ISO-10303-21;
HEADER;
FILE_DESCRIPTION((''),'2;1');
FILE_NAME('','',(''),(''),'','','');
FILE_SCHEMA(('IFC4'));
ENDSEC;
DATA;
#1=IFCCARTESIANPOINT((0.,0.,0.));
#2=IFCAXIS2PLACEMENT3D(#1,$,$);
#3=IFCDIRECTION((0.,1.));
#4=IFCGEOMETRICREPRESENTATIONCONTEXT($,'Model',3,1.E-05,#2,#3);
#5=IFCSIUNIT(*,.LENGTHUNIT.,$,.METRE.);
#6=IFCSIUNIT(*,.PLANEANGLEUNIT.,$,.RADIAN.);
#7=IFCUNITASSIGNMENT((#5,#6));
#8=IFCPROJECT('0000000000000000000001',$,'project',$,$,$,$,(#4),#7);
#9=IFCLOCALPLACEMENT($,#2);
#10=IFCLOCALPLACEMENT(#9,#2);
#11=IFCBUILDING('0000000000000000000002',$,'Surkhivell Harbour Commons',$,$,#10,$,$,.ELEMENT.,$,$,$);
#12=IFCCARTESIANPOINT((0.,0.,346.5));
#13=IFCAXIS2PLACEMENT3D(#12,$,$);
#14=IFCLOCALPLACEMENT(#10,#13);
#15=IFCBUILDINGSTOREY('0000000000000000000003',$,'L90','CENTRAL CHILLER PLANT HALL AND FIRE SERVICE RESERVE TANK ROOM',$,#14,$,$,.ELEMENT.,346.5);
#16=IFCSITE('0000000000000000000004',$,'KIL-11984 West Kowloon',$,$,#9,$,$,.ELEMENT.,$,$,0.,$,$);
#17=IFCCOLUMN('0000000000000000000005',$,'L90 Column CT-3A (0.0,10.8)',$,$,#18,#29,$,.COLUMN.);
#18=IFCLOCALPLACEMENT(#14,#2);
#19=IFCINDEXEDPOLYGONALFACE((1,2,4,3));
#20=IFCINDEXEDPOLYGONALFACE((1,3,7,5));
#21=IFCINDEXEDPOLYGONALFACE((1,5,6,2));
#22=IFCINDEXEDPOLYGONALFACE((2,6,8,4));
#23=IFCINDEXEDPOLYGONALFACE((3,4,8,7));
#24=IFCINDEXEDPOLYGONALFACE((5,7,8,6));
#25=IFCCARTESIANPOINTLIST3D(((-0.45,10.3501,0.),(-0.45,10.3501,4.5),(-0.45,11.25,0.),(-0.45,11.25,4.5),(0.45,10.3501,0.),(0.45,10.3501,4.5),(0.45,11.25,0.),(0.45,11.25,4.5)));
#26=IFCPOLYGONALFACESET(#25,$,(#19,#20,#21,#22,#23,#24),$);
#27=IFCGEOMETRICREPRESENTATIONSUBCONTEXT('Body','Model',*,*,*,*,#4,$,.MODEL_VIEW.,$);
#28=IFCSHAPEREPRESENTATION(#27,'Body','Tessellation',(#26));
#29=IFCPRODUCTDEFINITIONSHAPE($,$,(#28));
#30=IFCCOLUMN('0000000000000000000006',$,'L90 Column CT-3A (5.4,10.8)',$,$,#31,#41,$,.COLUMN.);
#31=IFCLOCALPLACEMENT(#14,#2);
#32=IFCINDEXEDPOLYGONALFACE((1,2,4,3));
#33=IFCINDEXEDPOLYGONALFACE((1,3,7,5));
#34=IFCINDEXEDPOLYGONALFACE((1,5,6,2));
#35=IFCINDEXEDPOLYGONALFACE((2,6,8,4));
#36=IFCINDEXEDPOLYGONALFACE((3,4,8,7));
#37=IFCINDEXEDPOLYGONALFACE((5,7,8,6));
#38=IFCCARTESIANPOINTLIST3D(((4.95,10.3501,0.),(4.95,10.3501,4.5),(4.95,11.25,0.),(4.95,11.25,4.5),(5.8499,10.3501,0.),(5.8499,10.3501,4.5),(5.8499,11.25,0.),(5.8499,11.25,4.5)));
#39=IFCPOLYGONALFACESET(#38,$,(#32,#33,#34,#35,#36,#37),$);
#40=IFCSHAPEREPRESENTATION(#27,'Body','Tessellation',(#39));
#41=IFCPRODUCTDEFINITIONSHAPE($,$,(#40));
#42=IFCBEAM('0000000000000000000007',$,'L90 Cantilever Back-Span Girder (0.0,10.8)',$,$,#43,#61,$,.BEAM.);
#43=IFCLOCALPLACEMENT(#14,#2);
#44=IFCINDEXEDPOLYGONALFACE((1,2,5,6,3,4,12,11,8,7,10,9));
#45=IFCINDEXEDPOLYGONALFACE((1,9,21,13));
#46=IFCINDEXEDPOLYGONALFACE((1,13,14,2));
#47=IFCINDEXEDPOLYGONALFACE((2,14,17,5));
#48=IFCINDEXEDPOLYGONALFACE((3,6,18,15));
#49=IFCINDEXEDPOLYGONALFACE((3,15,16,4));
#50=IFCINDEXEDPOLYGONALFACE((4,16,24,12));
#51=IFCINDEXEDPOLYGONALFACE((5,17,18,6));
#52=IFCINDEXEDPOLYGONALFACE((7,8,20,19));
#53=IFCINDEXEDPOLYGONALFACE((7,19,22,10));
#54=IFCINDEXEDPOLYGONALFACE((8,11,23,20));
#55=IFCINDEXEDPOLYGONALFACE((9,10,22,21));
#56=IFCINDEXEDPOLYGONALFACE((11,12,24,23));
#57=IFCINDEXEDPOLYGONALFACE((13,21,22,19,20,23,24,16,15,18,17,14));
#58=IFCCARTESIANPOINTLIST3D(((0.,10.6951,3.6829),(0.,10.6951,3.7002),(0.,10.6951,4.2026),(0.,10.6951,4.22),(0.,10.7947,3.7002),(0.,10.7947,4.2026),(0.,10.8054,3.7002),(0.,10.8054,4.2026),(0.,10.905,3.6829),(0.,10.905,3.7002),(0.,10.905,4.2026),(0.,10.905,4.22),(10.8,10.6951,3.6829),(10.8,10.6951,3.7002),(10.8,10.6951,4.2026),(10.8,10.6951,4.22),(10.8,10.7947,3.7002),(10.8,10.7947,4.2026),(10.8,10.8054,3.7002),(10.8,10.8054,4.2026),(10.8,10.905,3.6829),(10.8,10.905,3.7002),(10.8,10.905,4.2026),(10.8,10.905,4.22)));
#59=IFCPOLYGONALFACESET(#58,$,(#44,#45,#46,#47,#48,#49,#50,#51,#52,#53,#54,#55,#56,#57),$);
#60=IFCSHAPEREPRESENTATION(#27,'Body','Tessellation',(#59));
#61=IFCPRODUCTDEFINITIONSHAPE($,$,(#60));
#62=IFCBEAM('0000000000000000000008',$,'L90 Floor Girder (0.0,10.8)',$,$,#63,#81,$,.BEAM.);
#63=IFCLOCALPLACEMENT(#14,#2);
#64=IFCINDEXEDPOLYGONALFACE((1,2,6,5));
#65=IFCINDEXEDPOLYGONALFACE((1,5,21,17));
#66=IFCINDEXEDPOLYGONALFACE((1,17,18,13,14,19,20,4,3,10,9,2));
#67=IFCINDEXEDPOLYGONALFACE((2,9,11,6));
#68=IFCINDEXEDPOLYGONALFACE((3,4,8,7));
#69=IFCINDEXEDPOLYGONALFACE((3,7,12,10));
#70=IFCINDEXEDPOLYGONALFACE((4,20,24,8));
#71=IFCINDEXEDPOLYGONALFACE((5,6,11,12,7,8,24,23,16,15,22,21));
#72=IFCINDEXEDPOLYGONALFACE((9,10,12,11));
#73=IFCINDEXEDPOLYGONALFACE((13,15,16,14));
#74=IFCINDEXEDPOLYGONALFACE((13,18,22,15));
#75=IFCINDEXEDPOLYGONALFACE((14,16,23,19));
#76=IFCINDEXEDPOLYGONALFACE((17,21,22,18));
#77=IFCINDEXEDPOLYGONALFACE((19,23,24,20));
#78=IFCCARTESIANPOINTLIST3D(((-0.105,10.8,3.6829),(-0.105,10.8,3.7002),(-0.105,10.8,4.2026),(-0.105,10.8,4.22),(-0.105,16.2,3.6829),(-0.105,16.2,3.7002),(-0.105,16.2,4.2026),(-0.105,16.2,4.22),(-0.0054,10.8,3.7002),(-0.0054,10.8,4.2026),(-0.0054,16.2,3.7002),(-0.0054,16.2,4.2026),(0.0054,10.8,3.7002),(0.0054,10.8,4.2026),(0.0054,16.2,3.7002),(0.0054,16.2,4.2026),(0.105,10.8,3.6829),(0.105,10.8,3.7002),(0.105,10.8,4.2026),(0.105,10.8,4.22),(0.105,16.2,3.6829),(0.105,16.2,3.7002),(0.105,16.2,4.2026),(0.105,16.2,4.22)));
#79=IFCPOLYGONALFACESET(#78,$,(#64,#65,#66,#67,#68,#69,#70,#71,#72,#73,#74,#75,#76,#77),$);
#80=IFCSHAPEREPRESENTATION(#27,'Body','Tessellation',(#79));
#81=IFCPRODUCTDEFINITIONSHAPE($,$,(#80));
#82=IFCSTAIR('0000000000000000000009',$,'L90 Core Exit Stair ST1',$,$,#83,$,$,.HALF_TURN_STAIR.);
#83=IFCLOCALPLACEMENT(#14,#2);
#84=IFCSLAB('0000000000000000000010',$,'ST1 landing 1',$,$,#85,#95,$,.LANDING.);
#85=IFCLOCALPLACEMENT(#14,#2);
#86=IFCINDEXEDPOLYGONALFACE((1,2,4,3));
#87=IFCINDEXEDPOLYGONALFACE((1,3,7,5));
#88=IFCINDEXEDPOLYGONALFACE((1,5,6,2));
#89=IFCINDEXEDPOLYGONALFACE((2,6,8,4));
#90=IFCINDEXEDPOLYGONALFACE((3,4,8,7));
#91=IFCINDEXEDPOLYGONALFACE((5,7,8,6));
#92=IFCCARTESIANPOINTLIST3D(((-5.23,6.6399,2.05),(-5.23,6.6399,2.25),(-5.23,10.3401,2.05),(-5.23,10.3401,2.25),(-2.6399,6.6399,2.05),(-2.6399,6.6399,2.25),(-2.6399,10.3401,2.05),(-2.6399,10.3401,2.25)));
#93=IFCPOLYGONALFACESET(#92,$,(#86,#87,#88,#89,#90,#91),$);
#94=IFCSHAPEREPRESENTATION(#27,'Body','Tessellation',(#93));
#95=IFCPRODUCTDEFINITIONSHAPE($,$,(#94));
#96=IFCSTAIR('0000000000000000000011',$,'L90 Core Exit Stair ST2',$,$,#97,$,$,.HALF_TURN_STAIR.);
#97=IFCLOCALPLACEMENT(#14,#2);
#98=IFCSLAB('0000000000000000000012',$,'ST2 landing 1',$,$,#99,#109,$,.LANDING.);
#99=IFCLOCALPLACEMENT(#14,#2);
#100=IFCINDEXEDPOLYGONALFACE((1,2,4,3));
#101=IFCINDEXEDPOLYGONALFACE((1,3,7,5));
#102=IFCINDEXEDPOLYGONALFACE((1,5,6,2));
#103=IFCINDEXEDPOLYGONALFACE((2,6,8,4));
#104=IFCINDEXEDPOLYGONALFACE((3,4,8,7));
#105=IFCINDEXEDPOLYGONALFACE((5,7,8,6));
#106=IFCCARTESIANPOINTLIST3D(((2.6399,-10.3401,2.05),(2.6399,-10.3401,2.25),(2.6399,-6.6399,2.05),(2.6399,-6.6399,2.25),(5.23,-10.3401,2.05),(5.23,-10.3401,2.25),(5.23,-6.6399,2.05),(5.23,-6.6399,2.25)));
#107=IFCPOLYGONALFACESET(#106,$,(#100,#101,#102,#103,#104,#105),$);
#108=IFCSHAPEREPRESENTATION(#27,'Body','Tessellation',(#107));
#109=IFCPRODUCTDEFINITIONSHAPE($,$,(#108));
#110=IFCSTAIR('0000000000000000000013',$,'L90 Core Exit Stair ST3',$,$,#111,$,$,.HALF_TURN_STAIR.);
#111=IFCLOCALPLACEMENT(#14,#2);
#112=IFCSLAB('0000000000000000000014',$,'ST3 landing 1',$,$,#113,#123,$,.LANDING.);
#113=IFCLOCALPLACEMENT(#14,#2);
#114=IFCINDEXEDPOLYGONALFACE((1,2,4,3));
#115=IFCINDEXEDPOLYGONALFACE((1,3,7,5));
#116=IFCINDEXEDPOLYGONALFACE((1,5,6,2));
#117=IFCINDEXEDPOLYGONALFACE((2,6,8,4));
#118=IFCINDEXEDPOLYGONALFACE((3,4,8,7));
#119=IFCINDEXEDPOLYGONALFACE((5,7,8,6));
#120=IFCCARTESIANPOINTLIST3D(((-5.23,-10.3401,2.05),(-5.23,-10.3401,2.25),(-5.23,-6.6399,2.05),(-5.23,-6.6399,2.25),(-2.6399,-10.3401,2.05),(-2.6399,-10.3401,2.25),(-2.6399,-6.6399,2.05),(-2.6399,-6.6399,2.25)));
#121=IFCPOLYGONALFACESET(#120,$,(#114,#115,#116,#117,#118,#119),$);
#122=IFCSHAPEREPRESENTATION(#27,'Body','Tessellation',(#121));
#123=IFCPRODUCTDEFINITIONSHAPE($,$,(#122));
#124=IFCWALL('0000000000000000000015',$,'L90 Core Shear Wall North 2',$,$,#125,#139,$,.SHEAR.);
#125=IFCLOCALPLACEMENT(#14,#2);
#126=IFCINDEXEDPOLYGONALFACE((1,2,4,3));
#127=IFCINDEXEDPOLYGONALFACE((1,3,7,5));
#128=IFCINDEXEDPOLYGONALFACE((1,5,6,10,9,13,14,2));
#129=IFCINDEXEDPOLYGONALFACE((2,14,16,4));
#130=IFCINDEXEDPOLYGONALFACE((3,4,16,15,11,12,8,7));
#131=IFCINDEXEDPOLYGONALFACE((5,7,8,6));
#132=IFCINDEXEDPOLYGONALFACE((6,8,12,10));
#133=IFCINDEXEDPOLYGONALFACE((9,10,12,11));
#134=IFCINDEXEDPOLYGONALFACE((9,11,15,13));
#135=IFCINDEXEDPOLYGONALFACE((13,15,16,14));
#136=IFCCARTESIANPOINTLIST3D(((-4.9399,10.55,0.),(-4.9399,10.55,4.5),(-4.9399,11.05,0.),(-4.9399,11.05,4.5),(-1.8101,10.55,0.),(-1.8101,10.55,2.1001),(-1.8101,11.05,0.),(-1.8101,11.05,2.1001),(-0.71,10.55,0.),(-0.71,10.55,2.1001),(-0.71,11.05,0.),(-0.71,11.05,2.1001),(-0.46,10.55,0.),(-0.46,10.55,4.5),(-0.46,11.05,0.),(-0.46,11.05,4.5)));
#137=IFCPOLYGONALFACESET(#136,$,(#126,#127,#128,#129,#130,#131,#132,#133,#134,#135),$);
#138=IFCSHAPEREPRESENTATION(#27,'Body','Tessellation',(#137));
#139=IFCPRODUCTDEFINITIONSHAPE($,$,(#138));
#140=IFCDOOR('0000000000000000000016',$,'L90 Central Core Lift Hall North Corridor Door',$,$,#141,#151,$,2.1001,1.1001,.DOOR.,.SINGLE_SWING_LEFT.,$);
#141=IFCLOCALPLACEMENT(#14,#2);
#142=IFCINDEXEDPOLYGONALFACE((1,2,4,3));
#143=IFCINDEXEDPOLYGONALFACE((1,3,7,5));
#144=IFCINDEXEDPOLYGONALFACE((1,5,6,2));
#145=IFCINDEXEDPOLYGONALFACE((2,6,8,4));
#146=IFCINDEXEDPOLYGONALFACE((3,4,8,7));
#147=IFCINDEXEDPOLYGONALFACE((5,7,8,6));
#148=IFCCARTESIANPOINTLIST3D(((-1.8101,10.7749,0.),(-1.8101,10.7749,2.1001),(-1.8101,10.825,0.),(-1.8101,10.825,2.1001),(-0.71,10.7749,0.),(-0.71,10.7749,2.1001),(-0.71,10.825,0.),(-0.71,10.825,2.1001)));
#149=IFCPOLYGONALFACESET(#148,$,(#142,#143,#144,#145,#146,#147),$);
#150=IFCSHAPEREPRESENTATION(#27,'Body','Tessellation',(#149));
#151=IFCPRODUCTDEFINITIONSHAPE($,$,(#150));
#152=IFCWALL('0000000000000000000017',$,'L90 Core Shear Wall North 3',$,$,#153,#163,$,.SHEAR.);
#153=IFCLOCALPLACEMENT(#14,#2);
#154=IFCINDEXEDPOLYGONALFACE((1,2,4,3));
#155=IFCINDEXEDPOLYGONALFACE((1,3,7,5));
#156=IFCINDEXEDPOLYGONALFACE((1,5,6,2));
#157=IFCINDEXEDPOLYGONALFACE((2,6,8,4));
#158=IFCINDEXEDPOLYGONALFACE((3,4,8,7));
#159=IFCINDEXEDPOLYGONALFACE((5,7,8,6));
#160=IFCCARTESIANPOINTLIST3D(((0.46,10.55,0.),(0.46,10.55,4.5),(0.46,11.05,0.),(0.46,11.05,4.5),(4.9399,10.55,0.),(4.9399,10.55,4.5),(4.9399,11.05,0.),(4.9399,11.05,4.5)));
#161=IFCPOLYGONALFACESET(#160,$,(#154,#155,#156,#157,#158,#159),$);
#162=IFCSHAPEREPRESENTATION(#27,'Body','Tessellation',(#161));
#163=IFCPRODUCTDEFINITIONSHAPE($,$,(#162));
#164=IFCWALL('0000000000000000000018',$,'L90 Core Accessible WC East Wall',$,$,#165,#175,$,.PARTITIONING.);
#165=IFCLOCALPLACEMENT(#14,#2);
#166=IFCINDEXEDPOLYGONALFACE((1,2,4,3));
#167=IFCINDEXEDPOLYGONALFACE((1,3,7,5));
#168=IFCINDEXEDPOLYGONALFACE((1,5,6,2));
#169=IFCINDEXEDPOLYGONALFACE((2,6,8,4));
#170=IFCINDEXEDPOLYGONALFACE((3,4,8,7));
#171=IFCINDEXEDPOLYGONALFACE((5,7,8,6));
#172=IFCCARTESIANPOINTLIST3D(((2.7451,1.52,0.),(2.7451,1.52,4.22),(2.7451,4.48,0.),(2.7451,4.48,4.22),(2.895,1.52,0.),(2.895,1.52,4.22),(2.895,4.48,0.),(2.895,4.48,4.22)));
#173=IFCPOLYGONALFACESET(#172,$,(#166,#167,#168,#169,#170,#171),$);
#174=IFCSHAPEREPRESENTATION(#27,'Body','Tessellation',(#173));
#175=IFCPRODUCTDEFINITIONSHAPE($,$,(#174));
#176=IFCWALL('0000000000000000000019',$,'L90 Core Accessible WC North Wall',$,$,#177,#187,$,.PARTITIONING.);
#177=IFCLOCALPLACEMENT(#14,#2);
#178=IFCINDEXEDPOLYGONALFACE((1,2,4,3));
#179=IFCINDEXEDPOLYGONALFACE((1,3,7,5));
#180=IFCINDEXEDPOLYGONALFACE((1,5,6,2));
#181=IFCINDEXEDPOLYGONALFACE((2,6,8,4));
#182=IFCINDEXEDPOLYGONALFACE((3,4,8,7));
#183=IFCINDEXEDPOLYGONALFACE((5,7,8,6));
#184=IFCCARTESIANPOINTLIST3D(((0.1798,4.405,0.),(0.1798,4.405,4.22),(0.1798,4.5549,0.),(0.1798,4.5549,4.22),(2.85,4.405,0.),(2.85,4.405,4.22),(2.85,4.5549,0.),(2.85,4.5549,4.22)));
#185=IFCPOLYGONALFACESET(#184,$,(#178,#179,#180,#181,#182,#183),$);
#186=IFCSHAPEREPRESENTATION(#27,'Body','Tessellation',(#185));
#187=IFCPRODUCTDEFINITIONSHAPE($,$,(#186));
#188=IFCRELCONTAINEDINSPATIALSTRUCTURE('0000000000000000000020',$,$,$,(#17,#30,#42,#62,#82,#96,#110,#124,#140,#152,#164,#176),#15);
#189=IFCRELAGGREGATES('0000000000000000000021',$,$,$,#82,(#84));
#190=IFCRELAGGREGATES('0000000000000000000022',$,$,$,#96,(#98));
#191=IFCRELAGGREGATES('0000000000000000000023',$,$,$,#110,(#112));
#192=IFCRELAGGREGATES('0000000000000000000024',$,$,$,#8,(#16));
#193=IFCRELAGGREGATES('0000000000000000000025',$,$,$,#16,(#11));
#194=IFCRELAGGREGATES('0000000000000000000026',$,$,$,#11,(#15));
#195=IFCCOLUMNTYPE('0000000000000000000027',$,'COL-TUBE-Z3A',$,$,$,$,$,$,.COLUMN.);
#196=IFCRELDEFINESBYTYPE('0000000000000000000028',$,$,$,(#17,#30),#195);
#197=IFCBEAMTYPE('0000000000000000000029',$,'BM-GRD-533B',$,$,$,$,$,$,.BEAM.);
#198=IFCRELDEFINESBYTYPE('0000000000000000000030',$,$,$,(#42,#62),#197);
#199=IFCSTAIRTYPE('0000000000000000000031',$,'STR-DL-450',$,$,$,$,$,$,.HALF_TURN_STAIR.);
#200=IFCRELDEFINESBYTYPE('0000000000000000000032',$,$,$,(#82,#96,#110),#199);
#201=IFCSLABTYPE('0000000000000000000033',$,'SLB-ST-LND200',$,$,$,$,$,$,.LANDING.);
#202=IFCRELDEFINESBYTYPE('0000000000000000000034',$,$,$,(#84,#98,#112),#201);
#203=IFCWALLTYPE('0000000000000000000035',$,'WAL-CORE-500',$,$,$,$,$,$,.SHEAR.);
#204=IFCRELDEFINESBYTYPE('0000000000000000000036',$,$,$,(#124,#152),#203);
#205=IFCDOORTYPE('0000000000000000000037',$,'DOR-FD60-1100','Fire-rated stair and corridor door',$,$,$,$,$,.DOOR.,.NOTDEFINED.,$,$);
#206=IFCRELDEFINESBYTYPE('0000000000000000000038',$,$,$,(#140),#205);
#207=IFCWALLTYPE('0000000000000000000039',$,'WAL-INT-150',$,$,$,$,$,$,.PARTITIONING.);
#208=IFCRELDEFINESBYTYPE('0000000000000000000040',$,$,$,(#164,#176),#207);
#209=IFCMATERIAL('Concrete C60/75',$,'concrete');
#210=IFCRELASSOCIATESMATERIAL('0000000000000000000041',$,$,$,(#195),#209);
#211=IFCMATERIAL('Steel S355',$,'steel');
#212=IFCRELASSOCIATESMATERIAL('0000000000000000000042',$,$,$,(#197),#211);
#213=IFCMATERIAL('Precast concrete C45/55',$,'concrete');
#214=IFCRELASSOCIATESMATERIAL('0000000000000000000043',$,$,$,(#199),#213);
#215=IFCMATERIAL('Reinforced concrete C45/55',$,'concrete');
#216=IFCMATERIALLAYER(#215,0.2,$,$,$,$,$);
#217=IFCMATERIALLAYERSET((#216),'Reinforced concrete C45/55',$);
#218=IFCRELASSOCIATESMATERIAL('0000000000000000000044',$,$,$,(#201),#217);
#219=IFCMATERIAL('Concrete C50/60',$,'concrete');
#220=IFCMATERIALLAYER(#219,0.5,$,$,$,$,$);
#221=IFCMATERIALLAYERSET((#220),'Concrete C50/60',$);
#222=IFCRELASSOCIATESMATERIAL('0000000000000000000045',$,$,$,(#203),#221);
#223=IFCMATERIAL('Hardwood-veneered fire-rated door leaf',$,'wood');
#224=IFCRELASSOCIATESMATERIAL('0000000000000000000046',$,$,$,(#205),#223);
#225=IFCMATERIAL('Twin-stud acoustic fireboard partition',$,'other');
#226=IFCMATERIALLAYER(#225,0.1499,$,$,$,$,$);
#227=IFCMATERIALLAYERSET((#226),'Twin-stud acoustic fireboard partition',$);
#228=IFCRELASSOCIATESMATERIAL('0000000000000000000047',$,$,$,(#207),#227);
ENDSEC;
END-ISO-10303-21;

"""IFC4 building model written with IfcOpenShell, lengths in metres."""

from ifc_helpers import new_model, si_unit, direction, frame, frame_2d, origin, origin_2d, place, context, subcontext, project, spatial, polyline, rectangle, i_section, outline, extrude, material, layer, layer_set, material_profile, profile_set, type_object, element, fill, aggregate, save


model = new_model("IFC4")

# Units and contexts
model_context = context("Model", 3, precision=1e-05, world=origin(), true_north=direction((0.0, 1.0)))
body_context = subcontext(model_context, "Body", "Model", "MODEL_VIEW")
ifc_project = project(units=[si_unit("LENGTHUNIT", "METRE"), si_unit("PLANEANGLEUNIT", "RADIAN")], contexts=[model_context])

# Site, building, storey
site_placement = place(None, origin())
site = spatial("IfcSite", under=ifc_project, at=site_placement, Name="KIL-11984 West Kowloon", CompositionType="ELEMENT", RefElevation=0.0)
building_placement = place(site_placement, origin())
building = spatial("IfcBuilding", under=site, at=building_placement, Name="Surkhivell Harbour Commons", CompositionType="ELEMENT")
storey_placement = place(building_placement, frame((0.0, 0.0, 346.5)))
storey = spatial("IfcBuildingStorey", under=building, at=storey_placement, Name="L90", Description="CENTRAL CHILLER PLANT HALL AND FIRE SERVICE RESERVE TANK ROOM", CompositionType="ELEMENT", Elevation=346.5)

# Columns
ifc_material_1 = material(Name="Concrete C60/75", Category="concrete")
ifc_material_profile_1 = material_profile(ifc_material_1, rectangle(XDim=0.8999, YDim=0.8999, at=origin_2d()), Name="RC-COL-900x900")
ifc_profile_set_1 = profile_set([ifc_material_profile_1], Name="Concrete C60/75")
column_type = type_object("IfcColumnType", Name="COL-TUBE-Z3A", PredefinedType="COLUMN", material=ifc_profile_set_1)
for number, where, z_axis, x_axis, name in (
    (1, (0.0, 10.8, 0.0), (0.0, 0.0, 1.0), (1.0, 0.0, 0.0), "L90 Column CT-3A (0.0,10.8)"),
    (2, (5.3999, 10.8, 0.0), (0.0, 0.0, 1.0), (1.0, 0.0, 0.0), "L90 Column CT-3A (5.4,10.8)"),
):
    element("IfcColumn", number, at=place(storey_placement, frame(where, z_axis=z_axis, x_axis=x_axis)), inside=storey, type_object=column_type, Name=name, PredefinedType="COLUMN", context=body_context, shape_type="SweptSolid", body=[
        extrude(rectangle(XDim=0.8999, YDim=0.8999, at=origin_2d()), origin(), (0.0, 0.0, 1.0), 4.5),
    ])

# Beams
ifc_material_2 = material(Name="Steel S355", Category="steel")
ifc_material_profile_2 = material_profile(ifc_material_2, i_section(OverallWidth=0.21, OverallDepth=0.5371, WebThickness=0.0107, FlangeThickness=0.0173, at=origin_2d()), Name="UB533x210x101")
ifc_profile_set_2 = profile_set([ifc_material_profile_2], Name="Steel S355")
beam_type = type_object("IfcBeamType", Name="BM-GRD-533B", PredefinedType="BEAM", material=ifc_profile_set_2)
beam_1_placement = place(storey_placement, frame((0.0, 10.8, 3.9514), z_axis=(1.0, 0.0, 0.0), x_axis=(0.0, 1.0, 0.0)))
element("IfcBeam", 3, at=beam_1_placement, inside=storey, type_object=beam_type, Name="L90 Cantilever Back-Span Girder (0.0,10.8)", PredefinedType="BEAM", context=body_context, shape_type="SweptSolid", body=[
    extrude(i_section(OverallWidth=0.21, OverallDepth=0.5371, WebThickness=0.0107, FlangeThickness=0.0173, at=origin_2d()), origin(), (0.0, 0.0, 1.0), 10.8),
])
beam_2_placement = place(storey_placement, frame((0.0, 10.8, 3.9514), z_axis=(0.0, 1.0, 0.0), x_axis=(-1.0, 0.0, 0.0)))
element("IfcBeam", 4, at=beam_2_placement, inside=storey, type_object=beam_type, Name="L90 Floor Girder (0.0,10.8)", PredefinedType="BEAM", context=body_context, shape_type="SweptSolid", body=[
    extrude(i_section(OverallWidth=0.21, OverallDepth=0.5371, WebThickness=0.0107, FlangeThickness=0.0173, at=origin_2d()), origin(), (0.0, 0.0, 1.0), 5.3999),
])

# Stairs, slabs
ifc_material_3 = material(Name="Precast concrete C45/55", Category="concrete")
stair_type = type_object("IfcStairType", Name="STR-DL-450", PredefinedType="HALF_TURN_STAIR", material=ifc_material_3)
stair_1_placement = place(storey_placement, origin())
stair_1 = element("IfcStair", 5, at=stair_1_placement, inside=storey, type_object=stair_type, Name="L90 Core Exit Stair ST1", PredefinedType="HALF_TURN_STAIR")
ifc_material_4 = material(Name="Reinforced concrete C45/55", Category="concrete")
ifc_layer_1 = layer(ifc_material_4, 0.2)
ifc_layer_set_1 = layer_set([ifc_layer_1], Name="Reinforced concrete C45/55")
slab_type = type_object("IfcSlabType", Name="SLB-ST-LND200", PredefinedType="LANDING", material=ifc_layer_set_1)
slab_1_placement = place(storey_placement, frame((0.0, 0.0, 2.05)))
slab_1 = element("IfcSlab", 6, at=slab_1_placement, type_object=slab_type, Name="ST1 landing 1", PredefinedType="LANDING", context=body_context, shape_type="SweptSolid", body=[
    extrude(outline(polyline([(-5.23, 6.6399), (-2.6399, 6.6399), (-2.6399, 10.3401), (-5.23, 10.3401), (-5.23, 6.6399)])), origin(), (0.0, 0.0, 1.0), 0.2),
])
aggregate(stair_1, [slab_1])
stair_2_placement = place(storey_placement, origin())
stair_2 = element("IfcStair", 7, at=stair_2_placement, inside=storey, type_object=stair_type, Name="L90 Core Exit Stair ST2", PredefinedType="HALF_TURN_STAIR")
slab_2_placement = place(storey_placement, frame((0.0, 0.0, 2.05)))
slab_2 = element("IfcSlab", 8, at=slab_2_placement, type_object=slab_type, Name="ST2 landing 1", PredefinedType="LANDING", context=body_context, shape_type="SweptSolid", body=[
    extrude(outline(polyline([(5.23, -6.6399), (2.6399, -6.6399), (2.6399, -10.3401), (5.23, -10.3401), (5.23, -6.6399)])), origin(), (0.0, 0.0, 1.0), 0.2),
])
aggregate(stair_2, [slab_2])
stair_3_placement = place(storey_placement, origin())
stair_3 = element("IfcStair", 9, at=stair_3_placement, inside=storey, type_object=stair_type, Name="L90 Core Exit Stair ST3", PredefinedType="HALF_TURN_STAIR")
slab_3_placement = place(storey_placement, frame((0.0, 0.0, 2.05)))
slab_3 = element("IfcSlab", 10, at=slab_3_placement, type_object=slab_type, Name="ST3 landing 1", PredefinedType="LANDING", context=body_context, shape_type="SweptSolid", body=[
    extrude(outline(polyline([(-5.23, -10.3401), (-2.6399, -10.3401), (-2.6399, -6.6399), (-5.23, -6.6399), (-5.23, -10.3401)])), origin(), (0.0, 0.0, 1.0), 0.2),
])
aggregate(stair_3, [slab_3])

# Wall, opening, door
ifc_material_5 = material(Name="Concrete C50/60", Category="concrete")
ifc_layer_2 = layer(ifc_material_5, 0.5)
ifc_layer_set_2 = layer_set([ifc_layer_2], Name="Concrete C50/60")
wall_type_1 = type_object("IfcWallType", Name="WAL-CORE-500", PredefinedType="SHEAR", material=ifc_layer_set_2)
wall_1_placement = place(storey_placement, frame((-4.9399, 10.8, 0.0), z_axis=(0.0, 0.0, 1.0), x_axis=(1.0, 0.0, 0.0)))
wall_1 = element("IfcWall", 11, at=wall_1_placement, inside=storey, type_object=wall_type_1, Name="L90 Core Shear Wall North 2", PredefinedType="SHEAR", context=body_context, shape_type="SweptSolid", body=[
    extrude(rectangle(XDim=4.48, YDim=0.5, at=frame_2d((2.24, 0.0))), origin(), (0.0, 0.0, 1.0), 4.5),
])
opening_1_placement = place(wall_1_placement, frame((3.1299, 0.0, 0.0)))
opening_1 = element("IfcOpeningElement", 12, at=opening_1_placement, cuts=wall_1, PredefinedType="OPENING", context=body_context, shape_type="SweptSolid", body=[
    extrude(rectangle(XDim=1.1001, YDim=2.1001, at=frame_2d((0.55, 1.05))), frame((0.0, 0.26, 0.0), z_axis=(0.0, -1.0, 0.0), x_axis=(1.0, 0.0, 0.0)), (0.0, 0.0, 1.0), 0.52),
])
ifc_material_6 = material(Name="Hardwood-veneered fire-rated door leaf", Category="wood")
door_type_1 = type_object("IfcDoorType", Name="DOR-FD60-1100", Description="Fire-rated stair and corridor door", OperationType="NOTDEFINED", PredefinedType="DOOR", material=ifc_material_6)
door_1_placement = place(opening_1_placement, origin())
door_1 = element("IfcDoor", 13, at=door_1_placement, inside=storey, type_object=door_type_1, Name="L90 Central Core Lift Hall North Corridor Door", OperationType="SINGLE_SWING_LEFT", OverallHeight=2.1001, OverallWidth=1.1001, PredefinedType="DOOR", context=body_context, shape_type="SweptSolid", body=[
    extrude(rectangle(XDim=1.1001, YDim=2.1001, at=frame_2d((0.55, 1.05))), frame((0.0, 0.0249, 0.0), z_axis=(0.0, -1.0, 0.0), x_axis=(1.0, 0.0, 0.0)), (0.0, 0.0, 1.0), 0.05),
])
fill(opening_1, door_1)

# Walls
wall_2_placement = place(storey_placement, frame((0.46, 10.8, 0.0), z_axis=(0.0, 0.0, 1.0), x_axis=(1.0, 0.0, 0.0)))
element("IfcWall", 14, at=wall_2_placement, inside=storey, type_object=wall_type_1, Name="L90 Core Shear Wall North 3", PredefinedType="SHEAR", context=body_context, shape_type="SweptSolid", body=[
    extrude(rectangle(XDim=4.48, YDim=0.5, at=frame_2d((2.24, 0.0))), origin(), (0.0, 0.0, 1.0), 4.5),
])
ifc_material_7 = material(Name="Twin-stud acoustic fireboard partition", Category="other")
ifc_layer_3 = layer(ifc_material_7, 0.1499)
ifc_layer_set_3 = layer_set([ifc_layer_3], Name="Twin-stud acoustic fireboard partition")
wall_type_2 = type_object("IfcWallType", Name="WAL-INT-150", PredefinedType="PARTITIONING", material=ifc_layer_set_3)
wall_3_placement = place(storey_placement, frame((2.8201, 1.52, 0.0), z_axis=(0.0, 0.0, 1.0), x_axis=(0.0, 1.0, 0.0)))
element("IfcWall", 15, at=wall_3_placement, inside=storey, type_object=wall_type_2, Name="L90 Core Accessible WC East Wall", PredefinedType="PARTITIONING", context=body_context, shape_type="SweptSolid", body=[
    extrude(rectangle(XDim=2.96, YDim=0.1499, at=frame_2d((1.48, 0.0))), origin(), (0.0, 0.0, 1.0), 4.22),
])
for number, where, z_axis, x_axis, name in (
    (16, (0.1799, 4.48, 0.0), (0.0, 0.0, 1.0), (1.0, 0.0, 0.0), "L90 Core Accessible WC North Wall"),
):
    element("IfcWall", number, at=place(storey_placement, frame(where, z_axis=z_axis, x_axis=x_axis)), inside=storey, type_object=wall_type_2, Name=name, PredefinedType="PARTITIONING", context=body_context, shape_type="SweptSolid", body=[
        extrude(rectangle(XDim=2.6702, YDim=0.1499, at=frame_2d((1.335, 0.0))), origin(), (0.0, 0.0, 1.0), 4.22),
    ])

save(model, "model.ifc")
